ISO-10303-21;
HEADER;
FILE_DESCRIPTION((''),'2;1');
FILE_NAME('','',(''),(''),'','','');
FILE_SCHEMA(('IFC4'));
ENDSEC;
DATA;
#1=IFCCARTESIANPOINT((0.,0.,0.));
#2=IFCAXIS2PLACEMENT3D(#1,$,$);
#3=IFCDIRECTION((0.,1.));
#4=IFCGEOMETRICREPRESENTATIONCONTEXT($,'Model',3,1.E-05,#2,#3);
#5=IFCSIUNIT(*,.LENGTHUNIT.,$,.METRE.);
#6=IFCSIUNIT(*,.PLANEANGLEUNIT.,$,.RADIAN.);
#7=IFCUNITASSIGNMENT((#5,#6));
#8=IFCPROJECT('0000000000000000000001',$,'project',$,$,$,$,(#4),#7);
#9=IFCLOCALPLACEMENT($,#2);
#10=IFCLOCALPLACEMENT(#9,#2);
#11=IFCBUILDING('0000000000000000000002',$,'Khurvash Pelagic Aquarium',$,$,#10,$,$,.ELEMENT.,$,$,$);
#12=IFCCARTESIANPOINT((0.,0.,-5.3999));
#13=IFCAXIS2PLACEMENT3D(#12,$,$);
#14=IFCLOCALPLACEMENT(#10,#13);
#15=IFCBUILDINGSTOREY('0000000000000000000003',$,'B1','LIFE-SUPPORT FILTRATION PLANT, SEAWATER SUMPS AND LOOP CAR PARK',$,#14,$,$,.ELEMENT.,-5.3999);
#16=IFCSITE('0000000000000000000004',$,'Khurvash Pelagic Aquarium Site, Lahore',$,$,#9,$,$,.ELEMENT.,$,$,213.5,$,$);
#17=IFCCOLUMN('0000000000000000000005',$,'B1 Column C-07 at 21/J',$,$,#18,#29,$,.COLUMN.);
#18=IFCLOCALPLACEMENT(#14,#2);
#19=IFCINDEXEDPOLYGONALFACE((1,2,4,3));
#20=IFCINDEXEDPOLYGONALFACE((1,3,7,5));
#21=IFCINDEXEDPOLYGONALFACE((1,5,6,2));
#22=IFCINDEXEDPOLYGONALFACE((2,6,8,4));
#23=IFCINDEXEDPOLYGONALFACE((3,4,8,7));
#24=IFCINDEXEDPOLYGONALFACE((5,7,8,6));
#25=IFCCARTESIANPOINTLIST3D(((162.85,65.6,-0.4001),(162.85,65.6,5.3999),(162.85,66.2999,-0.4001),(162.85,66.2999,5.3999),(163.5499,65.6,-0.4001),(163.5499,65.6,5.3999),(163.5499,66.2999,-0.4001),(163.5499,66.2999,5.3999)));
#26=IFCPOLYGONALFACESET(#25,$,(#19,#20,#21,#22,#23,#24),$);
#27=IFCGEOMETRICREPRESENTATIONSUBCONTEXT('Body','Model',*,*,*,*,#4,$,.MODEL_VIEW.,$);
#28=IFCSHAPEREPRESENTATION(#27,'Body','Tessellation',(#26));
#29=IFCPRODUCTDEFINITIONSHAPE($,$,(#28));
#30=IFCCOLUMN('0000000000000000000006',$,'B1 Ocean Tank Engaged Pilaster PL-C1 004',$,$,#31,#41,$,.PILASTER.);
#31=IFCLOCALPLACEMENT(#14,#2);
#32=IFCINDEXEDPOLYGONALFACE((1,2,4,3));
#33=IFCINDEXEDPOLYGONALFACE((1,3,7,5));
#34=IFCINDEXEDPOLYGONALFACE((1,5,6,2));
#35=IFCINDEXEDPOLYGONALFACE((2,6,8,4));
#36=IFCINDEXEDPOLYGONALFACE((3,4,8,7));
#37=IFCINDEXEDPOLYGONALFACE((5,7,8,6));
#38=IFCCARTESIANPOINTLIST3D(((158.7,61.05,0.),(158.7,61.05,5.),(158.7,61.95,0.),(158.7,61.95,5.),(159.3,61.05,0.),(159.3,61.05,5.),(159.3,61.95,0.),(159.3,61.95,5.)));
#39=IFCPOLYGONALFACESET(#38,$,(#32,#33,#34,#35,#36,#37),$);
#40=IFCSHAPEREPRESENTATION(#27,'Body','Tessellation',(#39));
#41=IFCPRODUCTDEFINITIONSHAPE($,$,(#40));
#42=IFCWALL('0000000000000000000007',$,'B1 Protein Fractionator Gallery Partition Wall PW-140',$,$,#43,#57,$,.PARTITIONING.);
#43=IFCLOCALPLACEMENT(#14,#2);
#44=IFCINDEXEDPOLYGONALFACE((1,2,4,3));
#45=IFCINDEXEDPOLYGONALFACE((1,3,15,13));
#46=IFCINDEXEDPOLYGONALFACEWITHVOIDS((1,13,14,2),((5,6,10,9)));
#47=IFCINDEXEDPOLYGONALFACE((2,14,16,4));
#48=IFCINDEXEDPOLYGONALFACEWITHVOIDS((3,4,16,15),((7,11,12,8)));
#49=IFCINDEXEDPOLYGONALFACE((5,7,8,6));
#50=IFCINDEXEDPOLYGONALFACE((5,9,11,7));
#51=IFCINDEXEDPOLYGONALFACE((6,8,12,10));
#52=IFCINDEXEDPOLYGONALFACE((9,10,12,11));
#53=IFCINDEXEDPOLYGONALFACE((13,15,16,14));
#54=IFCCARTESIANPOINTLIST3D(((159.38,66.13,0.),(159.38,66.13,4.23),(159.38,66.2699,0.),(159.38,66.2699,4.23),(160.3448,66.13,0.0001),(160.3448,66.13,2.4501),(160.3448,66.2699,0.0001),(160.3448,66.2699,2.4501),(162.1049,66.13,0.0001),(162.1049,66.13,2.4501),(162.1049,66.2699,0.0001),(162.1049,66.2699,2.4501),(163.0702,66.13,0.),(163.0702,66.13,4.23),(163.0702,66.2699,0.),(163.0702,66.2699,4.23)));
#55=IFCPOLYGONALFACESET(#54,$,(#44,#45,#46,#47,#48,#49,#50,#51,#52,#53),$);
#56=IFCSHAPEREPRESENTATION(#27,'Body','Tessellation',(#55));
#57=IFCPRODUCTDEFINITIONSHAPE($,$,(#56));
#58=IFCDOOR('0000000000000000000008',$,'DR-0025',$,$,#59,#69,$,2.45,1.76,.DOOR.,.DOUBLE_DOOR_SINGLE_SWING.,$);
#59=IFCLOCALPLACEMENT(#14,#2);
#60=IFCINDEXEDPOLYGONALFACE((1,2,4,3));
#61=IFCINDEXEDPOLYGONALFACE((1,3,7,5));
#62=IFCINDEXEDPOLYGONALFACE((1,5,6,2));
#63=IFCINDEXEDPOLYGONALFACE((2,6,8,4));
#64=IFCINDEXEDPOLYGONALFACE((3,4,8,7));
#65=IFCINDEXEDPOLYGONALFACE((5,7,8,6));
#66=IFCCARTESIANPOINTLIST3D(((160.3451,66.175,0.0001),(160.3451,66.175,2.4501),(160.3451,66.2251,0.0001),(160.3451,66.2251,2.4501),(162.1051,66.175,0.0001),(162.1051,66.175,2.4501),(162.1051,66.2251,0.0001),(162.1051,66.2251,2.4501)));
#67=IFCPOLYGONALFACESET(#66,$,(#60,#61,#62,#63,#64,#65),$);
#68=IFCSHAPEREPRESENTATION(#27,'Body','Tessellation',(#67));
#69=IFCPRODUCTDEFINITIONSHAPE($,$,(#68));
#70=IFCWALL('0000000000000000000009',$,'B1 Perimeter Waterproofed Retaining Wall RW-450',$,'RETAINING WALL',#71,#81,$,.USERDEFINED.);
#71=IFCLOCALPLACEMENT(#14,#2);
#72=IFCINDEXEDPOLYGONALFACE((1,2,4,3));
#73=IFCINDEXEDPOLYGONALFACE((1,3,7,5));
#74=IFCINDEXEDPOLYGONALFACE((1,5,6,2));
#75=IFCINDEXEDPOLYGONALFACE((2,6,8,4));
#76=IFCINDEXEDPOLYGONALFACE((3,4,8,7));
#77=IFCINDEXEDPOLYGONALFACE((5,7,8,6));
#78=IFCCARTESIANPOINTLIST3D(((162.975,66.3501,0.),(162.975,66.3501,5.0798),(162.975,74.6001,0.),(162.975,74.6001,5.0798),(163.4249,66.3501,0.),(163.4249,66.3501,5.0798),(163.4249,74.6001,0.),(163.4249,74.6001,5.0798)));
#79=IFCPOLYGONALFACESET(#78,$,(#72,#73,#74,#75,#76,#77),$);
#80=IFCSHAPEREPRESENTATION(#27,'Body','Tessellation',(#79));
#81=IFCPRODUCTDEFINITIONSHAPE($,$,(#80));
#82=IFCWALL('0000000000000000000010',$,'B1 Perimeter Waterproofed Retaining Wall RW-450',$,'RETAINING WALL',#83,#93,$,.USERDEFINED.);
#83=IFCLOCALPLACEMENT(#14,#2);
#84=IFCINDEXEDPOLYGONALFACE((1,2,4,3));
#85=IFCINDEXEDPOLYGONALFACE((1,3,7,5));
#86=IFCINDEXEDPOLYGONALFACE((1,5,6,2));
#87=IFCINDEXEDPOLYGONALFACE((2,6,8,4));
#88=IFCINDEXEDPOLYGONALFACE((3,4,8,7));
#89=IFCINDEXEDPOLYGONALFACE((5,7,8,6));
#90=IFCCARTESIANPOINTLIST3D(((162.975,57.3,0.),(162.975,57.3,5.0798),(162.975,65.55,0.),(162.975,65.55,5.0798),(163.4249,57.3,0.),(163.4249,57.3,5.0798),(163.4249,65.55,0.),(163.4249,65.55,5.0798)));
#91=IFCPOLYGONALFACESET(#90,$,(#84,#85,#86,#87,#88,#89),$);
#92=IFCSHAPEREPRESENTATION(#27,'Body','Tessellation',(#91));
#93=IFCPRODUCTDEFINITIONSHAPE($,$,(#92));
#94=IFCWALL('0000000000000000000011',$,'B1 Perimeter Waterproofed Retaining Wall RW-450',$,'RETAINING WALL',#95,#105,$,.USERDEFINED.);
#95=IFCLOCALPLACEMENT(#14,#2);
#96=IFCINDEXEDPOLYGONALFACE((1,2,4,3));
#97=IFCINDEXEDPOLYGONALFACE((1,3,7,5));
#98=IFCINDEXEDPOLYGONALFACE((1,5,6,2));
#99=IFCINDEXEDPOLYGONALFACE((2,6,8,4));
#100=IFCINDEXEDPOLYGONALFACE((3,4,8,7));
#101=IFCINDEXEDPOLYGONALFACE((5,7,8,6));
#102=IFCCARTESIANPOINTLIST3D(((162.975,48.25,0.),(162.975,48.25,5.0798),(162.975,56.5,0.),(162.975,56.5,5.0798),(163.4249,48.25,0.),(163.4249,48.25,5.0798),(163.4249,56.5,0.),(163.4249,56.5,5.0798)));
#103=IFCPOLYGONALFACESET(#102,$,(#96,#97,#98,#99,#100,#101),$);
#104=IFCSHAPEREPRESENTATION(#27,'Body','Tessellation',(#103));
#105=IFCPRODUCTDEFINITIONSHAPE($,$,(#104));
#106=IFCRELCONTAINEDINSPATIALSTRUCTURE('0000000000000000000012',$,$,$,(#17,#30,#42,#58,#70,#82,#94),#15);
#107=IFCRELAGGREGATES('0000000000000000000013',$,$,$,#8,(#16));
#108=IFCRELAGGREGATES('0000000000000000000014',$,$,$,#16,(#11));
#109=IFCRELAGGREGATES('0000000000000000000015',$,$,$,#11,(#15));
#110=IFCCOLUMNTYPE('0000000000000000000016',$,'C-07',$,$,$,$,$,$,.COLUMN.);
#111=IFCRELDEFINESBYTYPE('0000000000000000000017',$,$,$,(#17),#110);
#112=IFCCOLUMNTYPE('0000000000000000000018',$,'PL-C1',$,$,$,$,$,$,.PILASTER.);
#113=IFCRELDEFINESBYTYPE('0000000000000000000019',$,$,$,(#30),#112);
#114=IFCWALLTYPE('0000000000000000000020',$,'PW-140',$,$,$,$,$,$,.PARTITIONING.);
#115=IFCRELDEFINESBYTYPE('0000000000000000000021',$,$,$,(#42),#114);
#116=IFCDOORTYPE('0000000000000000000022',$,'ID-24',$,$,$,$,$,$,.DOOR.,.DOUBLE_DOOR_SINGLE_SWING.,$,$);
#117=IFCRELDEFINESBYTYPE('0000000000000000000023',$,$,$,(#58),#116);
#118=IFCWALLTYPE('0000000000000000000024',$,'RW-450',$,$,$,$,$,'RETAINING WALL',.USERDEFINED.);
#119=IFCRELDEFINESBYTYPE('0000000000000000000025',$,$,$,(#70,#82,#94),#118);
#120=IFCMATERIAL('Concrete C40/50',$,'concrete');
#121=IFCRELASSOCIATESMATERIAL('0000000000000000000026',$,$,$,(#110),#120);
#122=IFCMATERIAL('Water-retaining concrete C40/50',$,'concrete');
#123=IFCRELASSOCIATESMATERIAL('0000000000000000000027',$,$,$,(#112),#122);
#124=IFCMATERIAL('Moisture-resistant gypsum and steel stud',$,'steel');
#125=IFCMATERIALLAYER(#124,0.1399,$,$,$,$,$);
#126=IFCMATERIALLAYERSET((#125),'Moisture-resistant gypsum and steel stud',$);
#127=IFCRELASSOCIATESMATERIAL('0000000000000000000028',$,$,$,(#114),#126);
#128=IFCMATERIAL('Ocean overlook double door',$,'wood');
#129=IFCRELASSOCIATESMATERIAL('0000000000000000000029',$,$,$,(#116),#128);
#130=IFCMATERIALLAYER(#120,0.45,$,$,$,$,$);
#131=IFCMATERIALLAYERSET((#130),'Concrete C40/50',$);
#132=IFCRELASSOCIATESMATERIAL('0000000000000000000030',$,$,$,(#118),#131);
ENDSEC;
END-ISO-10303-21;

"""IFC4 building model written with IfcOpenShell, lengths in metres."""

from ifc_helpers import new_model, si_unit, direction, frame, frame_2d, origin, origin_2d, place, context, subcontext, project, spatial, rectangle, extrude, material, layer, layer_set, material_profile, profile_set, type_object, element, fill, save


model = new_model("IFC4")

# Units and contexts
model_context = context("Model", 3, precision=1e-05, world=origin(), true_north=direction((0.0, 1.0)))
body_context = subcontext(model_context, "Body", "Model", "MODEL_VIEW")
ifc_project = project(units=[si_unit("LENGTHUNIT", "METRE"), si_unit("PLANEANGLEUNIT", "RADIAN")], contexts=[model_context])

# Site, building, storey
site_placement = place(None, origin())
site = spatial("IfcSite", under=ifc_project, at=site_placement, Name="Khurvash Pelagic Aquarium Site, Lahore", CompositionType="ELEMENT", RefElevation=213.5)
building_placement = place(site_placement, origin())
building = spatial("IfcBuilding", under=site, at=building_placement, Name="Khurvash Pelagic Aquarium", CompositionType="ELEMENT")
storey_placement = place(building_placement, frame((0.0, 0.0, -5.3999)))
storey = spatial("IfcBuildingStorey", under=building, at=storey_placement, Name="B1", Description="LIFE-SUPPORT FILTRATION PLANT, SEAWATER SUMPS AND LOOP CAR PARK", CompositionType="ELEMENT", Elevation=-5.3999)

# Shared definitions
ifc_material_1 = material(Name="Water-retaining concrete C40/50", Category="concrete")

# Columns
ifc_material_2 = material(Name="Concrete C40/50", Category="concrete")
ifc_material_profile_1 = material_profile(ifc_material_2, rectangle(XDim=0.7, YDim=0.7, at=origin_2d()), Name="RC700X700")
ifc_profile_set_1 = profile_set([ifc_material_profile_1], Name="Concrete C40/50")
column_type_1 = type_object("IfcColumnType", Name="C-07", PredefinedType="COLUMN", material=ifc_profile_set_1)
for number, where, z_axis, x_axis, name in (
    (1, (163.2, 65.95, -0.4001), (0.0, 0.0, 1.0), (1.0, 0.0, 0.0), "B1 Column C-07 at 21/J"),
):
    element("IfcColumn", number, at=place(storey_placement, frame(where, z_axis=z_axis, x_axis=x_axis)), inside=storey, type_object=column_type_1, Name=name, PredefinedType="COLUMN", context=body_context, shape_type="SweptSolid", body=[
        extrude(rectangle(XDim=0.7, YDim=0.7, at=origin_2d()), origin(), (0.0, 0.0, 1.0), 5.8),
    ])
ifc_material_profile_2 = material_profile(ifc_material_1, rectangle(XDim=0.6001, YDim=0.8999, at=origin_2d()), Name="RC600X900")
ifc_profile_set_2 = profile_set([ifc_material_profile_2], Name="Water-retaining concrete C40/50")
column_type_2 = type_object("IfcColumnType", Name="PL-C1", PredefinedType="PILASTER", material=ifc_profile_set_2)
column_placement = place(storey_placement, frame((159.0, 61.5, 0.0), z_axis=(0.0, 0.0, 1.0), x_axis=(1.0, 0.0, 0.0)))
element("IfcColumn", 2, at=column_placement, inside=storey, type_object=column_type_2, Name="B1 Ocean Tank Engaged Pilaster PL-C1 004", PredefinedType="PILASTER", context=body_context, shape_type="SweptSolid", body=[
    extrude(rectangle(XDim=0.6001, YDim=0.8999, at=origin_2d()), origin(), (0.0, 0.0, 1.0), 5.0),
])

# Wall, opening, door
ifc_material_3 = material(Name="Moisture-resistant gypsum and steel stud", Category="steel")
ifc_layer_1 = layer(ifc_material_3, 0.1399)
ifc_layer_set_1 = layer_set([ifc_layer_1], Name="Moisture-resistant gypsum and steel stud")
wall_type_1 = type_object("IfcWallType", Name="PW-140", PredefinedType="PARTITIONING", material=ifc_layer_set_1)
wall_placement = place(storey_placement, frame((159.3799, 66.2, 0.0), z_axis=(0.0, 0.0, 1.0), x_axis=(1.0, 0.0, 0.0)))
wall = element("IfcWall", 3, at=wall_placement, inside=storey, type_object=wall_type_1, Name="B1 Protein Fractionator Gallery Partition Wall PW-140", PredefinedType="PARTITIONING", context=body_context, shape_type="SweptSolid", body=[
    extrude(rectangle(XDim=3.6902, YDim=0.1399, at=frame_2d((1.8452, 0.0))), origin(), (0.0, 0.0, 1.0), 4.23),
])
opening_placement = place(wall_placement, frame((0.9651, 0.0, 0.0)))
opening = element("IfcOpeningElement", 4, at=opening_placement, cuts=wall, PredefinedType="OPENING", context=body_context, shape_type="SweptSolid", body=[
    extrude(rectangle(XDim=1.76, YDim=2.45, at=frame_2d((0.8799, 1.2251))), frame((0.0, 0.0801, 0.0), z_axis=(0.0, -1.0, 0.0), x_axis=(1.0, 0.0, 0.0)), (0.0, 0.0, 1.0), 0.1599),
])
ifc_material_4 = material(Name="Ocean overlook double door", Category="wood")
door_type = type_object("IfcDoorType", Name="ID-24", OperationType="DOUBLE_DOOR_SINGLE_SWING", PredefinedType="DOOR", material=ifc_material_4)
door_placement = place(opening_placement, frame((1.76, 0.0, 0.0), z_axis=(0.0, 0.0, 1.0), x_axis=(-1.0, 0.0, 0.0)))
door = element("IfcDoor", 5, at=door_placement, inside=storey, type_object=door_type, Name="DR-0025", OperationType="DOUBLE_DOOR_SINGLE_SWING", OverallHeight=2.45, OverallWidth=1.76, PredefinedType="DOOR", context=body_context, shape_type="SweptSolid", body=[
    extrude(rectangle(XDim=1.76, YDim=2.45, at=frame_2d((0.8799, 1.2251))), frame((0.0, 0.0249, 0.0), z_axis=(0.0, -1.0, 0.0), x_axis=(1.0, 0.0, 0.0)), (0.0, 0.0, 1.0), 0.05),
])
fill(opening, door)

# Walls
ifc_layer_2 = layer(ifc_material_2, 0.45)
ifc_layer_set_2 = layer_set([ifc_layer_2], Name="Concrete C40/50")
wall_type_2 = type_object("IfcWallType", Name="RW-450", ElementType="RETAINING WALL", PredefinedType="USERDEFINED", material=ifc_layer_set_2)
for number, where, z_axis, x_axis, name in (
    (6, (163.2, 74.6001, 0.0), (0.0, 0.0, 1.0), (0.0, -1.0, 0.0), "B1 Perimeter Waterproofed Retaining Wall RW-450"),
    (7, (163.2, 65.55, 0.0), (0.0, 0.0, 1.0), (0.0, -1.0, 0.0), "B1 Perimeter Waterproofed Retaining Wall RW-450"),
    (8, (163.2, 56.5, 0.0), (0.0, 0.0, 1.0), (0.0, -1.0, 0.0), "B1 Perimeter Waterproofed Retaining Wall RW-450"),
):
    element("IfcWall", number, at=place(storey_placement, frame(where, z_axis=z_axis, x_axis=x_axis)), inside=storey, type_object=wall_type_2, Name=name, ObjectType="RETAINING WALL", PredefinedType="USERDEFINED", context=body_context, shape_type="SweptSolid", body=[
        extrude(rectangle(XDim=8.25, YDim=0.45, at=frame_2d((4.125, 0.0))), origin(), (0.0, 0.0, 1.0), 5.0798),
    ])

save(model, "model.ifc")
